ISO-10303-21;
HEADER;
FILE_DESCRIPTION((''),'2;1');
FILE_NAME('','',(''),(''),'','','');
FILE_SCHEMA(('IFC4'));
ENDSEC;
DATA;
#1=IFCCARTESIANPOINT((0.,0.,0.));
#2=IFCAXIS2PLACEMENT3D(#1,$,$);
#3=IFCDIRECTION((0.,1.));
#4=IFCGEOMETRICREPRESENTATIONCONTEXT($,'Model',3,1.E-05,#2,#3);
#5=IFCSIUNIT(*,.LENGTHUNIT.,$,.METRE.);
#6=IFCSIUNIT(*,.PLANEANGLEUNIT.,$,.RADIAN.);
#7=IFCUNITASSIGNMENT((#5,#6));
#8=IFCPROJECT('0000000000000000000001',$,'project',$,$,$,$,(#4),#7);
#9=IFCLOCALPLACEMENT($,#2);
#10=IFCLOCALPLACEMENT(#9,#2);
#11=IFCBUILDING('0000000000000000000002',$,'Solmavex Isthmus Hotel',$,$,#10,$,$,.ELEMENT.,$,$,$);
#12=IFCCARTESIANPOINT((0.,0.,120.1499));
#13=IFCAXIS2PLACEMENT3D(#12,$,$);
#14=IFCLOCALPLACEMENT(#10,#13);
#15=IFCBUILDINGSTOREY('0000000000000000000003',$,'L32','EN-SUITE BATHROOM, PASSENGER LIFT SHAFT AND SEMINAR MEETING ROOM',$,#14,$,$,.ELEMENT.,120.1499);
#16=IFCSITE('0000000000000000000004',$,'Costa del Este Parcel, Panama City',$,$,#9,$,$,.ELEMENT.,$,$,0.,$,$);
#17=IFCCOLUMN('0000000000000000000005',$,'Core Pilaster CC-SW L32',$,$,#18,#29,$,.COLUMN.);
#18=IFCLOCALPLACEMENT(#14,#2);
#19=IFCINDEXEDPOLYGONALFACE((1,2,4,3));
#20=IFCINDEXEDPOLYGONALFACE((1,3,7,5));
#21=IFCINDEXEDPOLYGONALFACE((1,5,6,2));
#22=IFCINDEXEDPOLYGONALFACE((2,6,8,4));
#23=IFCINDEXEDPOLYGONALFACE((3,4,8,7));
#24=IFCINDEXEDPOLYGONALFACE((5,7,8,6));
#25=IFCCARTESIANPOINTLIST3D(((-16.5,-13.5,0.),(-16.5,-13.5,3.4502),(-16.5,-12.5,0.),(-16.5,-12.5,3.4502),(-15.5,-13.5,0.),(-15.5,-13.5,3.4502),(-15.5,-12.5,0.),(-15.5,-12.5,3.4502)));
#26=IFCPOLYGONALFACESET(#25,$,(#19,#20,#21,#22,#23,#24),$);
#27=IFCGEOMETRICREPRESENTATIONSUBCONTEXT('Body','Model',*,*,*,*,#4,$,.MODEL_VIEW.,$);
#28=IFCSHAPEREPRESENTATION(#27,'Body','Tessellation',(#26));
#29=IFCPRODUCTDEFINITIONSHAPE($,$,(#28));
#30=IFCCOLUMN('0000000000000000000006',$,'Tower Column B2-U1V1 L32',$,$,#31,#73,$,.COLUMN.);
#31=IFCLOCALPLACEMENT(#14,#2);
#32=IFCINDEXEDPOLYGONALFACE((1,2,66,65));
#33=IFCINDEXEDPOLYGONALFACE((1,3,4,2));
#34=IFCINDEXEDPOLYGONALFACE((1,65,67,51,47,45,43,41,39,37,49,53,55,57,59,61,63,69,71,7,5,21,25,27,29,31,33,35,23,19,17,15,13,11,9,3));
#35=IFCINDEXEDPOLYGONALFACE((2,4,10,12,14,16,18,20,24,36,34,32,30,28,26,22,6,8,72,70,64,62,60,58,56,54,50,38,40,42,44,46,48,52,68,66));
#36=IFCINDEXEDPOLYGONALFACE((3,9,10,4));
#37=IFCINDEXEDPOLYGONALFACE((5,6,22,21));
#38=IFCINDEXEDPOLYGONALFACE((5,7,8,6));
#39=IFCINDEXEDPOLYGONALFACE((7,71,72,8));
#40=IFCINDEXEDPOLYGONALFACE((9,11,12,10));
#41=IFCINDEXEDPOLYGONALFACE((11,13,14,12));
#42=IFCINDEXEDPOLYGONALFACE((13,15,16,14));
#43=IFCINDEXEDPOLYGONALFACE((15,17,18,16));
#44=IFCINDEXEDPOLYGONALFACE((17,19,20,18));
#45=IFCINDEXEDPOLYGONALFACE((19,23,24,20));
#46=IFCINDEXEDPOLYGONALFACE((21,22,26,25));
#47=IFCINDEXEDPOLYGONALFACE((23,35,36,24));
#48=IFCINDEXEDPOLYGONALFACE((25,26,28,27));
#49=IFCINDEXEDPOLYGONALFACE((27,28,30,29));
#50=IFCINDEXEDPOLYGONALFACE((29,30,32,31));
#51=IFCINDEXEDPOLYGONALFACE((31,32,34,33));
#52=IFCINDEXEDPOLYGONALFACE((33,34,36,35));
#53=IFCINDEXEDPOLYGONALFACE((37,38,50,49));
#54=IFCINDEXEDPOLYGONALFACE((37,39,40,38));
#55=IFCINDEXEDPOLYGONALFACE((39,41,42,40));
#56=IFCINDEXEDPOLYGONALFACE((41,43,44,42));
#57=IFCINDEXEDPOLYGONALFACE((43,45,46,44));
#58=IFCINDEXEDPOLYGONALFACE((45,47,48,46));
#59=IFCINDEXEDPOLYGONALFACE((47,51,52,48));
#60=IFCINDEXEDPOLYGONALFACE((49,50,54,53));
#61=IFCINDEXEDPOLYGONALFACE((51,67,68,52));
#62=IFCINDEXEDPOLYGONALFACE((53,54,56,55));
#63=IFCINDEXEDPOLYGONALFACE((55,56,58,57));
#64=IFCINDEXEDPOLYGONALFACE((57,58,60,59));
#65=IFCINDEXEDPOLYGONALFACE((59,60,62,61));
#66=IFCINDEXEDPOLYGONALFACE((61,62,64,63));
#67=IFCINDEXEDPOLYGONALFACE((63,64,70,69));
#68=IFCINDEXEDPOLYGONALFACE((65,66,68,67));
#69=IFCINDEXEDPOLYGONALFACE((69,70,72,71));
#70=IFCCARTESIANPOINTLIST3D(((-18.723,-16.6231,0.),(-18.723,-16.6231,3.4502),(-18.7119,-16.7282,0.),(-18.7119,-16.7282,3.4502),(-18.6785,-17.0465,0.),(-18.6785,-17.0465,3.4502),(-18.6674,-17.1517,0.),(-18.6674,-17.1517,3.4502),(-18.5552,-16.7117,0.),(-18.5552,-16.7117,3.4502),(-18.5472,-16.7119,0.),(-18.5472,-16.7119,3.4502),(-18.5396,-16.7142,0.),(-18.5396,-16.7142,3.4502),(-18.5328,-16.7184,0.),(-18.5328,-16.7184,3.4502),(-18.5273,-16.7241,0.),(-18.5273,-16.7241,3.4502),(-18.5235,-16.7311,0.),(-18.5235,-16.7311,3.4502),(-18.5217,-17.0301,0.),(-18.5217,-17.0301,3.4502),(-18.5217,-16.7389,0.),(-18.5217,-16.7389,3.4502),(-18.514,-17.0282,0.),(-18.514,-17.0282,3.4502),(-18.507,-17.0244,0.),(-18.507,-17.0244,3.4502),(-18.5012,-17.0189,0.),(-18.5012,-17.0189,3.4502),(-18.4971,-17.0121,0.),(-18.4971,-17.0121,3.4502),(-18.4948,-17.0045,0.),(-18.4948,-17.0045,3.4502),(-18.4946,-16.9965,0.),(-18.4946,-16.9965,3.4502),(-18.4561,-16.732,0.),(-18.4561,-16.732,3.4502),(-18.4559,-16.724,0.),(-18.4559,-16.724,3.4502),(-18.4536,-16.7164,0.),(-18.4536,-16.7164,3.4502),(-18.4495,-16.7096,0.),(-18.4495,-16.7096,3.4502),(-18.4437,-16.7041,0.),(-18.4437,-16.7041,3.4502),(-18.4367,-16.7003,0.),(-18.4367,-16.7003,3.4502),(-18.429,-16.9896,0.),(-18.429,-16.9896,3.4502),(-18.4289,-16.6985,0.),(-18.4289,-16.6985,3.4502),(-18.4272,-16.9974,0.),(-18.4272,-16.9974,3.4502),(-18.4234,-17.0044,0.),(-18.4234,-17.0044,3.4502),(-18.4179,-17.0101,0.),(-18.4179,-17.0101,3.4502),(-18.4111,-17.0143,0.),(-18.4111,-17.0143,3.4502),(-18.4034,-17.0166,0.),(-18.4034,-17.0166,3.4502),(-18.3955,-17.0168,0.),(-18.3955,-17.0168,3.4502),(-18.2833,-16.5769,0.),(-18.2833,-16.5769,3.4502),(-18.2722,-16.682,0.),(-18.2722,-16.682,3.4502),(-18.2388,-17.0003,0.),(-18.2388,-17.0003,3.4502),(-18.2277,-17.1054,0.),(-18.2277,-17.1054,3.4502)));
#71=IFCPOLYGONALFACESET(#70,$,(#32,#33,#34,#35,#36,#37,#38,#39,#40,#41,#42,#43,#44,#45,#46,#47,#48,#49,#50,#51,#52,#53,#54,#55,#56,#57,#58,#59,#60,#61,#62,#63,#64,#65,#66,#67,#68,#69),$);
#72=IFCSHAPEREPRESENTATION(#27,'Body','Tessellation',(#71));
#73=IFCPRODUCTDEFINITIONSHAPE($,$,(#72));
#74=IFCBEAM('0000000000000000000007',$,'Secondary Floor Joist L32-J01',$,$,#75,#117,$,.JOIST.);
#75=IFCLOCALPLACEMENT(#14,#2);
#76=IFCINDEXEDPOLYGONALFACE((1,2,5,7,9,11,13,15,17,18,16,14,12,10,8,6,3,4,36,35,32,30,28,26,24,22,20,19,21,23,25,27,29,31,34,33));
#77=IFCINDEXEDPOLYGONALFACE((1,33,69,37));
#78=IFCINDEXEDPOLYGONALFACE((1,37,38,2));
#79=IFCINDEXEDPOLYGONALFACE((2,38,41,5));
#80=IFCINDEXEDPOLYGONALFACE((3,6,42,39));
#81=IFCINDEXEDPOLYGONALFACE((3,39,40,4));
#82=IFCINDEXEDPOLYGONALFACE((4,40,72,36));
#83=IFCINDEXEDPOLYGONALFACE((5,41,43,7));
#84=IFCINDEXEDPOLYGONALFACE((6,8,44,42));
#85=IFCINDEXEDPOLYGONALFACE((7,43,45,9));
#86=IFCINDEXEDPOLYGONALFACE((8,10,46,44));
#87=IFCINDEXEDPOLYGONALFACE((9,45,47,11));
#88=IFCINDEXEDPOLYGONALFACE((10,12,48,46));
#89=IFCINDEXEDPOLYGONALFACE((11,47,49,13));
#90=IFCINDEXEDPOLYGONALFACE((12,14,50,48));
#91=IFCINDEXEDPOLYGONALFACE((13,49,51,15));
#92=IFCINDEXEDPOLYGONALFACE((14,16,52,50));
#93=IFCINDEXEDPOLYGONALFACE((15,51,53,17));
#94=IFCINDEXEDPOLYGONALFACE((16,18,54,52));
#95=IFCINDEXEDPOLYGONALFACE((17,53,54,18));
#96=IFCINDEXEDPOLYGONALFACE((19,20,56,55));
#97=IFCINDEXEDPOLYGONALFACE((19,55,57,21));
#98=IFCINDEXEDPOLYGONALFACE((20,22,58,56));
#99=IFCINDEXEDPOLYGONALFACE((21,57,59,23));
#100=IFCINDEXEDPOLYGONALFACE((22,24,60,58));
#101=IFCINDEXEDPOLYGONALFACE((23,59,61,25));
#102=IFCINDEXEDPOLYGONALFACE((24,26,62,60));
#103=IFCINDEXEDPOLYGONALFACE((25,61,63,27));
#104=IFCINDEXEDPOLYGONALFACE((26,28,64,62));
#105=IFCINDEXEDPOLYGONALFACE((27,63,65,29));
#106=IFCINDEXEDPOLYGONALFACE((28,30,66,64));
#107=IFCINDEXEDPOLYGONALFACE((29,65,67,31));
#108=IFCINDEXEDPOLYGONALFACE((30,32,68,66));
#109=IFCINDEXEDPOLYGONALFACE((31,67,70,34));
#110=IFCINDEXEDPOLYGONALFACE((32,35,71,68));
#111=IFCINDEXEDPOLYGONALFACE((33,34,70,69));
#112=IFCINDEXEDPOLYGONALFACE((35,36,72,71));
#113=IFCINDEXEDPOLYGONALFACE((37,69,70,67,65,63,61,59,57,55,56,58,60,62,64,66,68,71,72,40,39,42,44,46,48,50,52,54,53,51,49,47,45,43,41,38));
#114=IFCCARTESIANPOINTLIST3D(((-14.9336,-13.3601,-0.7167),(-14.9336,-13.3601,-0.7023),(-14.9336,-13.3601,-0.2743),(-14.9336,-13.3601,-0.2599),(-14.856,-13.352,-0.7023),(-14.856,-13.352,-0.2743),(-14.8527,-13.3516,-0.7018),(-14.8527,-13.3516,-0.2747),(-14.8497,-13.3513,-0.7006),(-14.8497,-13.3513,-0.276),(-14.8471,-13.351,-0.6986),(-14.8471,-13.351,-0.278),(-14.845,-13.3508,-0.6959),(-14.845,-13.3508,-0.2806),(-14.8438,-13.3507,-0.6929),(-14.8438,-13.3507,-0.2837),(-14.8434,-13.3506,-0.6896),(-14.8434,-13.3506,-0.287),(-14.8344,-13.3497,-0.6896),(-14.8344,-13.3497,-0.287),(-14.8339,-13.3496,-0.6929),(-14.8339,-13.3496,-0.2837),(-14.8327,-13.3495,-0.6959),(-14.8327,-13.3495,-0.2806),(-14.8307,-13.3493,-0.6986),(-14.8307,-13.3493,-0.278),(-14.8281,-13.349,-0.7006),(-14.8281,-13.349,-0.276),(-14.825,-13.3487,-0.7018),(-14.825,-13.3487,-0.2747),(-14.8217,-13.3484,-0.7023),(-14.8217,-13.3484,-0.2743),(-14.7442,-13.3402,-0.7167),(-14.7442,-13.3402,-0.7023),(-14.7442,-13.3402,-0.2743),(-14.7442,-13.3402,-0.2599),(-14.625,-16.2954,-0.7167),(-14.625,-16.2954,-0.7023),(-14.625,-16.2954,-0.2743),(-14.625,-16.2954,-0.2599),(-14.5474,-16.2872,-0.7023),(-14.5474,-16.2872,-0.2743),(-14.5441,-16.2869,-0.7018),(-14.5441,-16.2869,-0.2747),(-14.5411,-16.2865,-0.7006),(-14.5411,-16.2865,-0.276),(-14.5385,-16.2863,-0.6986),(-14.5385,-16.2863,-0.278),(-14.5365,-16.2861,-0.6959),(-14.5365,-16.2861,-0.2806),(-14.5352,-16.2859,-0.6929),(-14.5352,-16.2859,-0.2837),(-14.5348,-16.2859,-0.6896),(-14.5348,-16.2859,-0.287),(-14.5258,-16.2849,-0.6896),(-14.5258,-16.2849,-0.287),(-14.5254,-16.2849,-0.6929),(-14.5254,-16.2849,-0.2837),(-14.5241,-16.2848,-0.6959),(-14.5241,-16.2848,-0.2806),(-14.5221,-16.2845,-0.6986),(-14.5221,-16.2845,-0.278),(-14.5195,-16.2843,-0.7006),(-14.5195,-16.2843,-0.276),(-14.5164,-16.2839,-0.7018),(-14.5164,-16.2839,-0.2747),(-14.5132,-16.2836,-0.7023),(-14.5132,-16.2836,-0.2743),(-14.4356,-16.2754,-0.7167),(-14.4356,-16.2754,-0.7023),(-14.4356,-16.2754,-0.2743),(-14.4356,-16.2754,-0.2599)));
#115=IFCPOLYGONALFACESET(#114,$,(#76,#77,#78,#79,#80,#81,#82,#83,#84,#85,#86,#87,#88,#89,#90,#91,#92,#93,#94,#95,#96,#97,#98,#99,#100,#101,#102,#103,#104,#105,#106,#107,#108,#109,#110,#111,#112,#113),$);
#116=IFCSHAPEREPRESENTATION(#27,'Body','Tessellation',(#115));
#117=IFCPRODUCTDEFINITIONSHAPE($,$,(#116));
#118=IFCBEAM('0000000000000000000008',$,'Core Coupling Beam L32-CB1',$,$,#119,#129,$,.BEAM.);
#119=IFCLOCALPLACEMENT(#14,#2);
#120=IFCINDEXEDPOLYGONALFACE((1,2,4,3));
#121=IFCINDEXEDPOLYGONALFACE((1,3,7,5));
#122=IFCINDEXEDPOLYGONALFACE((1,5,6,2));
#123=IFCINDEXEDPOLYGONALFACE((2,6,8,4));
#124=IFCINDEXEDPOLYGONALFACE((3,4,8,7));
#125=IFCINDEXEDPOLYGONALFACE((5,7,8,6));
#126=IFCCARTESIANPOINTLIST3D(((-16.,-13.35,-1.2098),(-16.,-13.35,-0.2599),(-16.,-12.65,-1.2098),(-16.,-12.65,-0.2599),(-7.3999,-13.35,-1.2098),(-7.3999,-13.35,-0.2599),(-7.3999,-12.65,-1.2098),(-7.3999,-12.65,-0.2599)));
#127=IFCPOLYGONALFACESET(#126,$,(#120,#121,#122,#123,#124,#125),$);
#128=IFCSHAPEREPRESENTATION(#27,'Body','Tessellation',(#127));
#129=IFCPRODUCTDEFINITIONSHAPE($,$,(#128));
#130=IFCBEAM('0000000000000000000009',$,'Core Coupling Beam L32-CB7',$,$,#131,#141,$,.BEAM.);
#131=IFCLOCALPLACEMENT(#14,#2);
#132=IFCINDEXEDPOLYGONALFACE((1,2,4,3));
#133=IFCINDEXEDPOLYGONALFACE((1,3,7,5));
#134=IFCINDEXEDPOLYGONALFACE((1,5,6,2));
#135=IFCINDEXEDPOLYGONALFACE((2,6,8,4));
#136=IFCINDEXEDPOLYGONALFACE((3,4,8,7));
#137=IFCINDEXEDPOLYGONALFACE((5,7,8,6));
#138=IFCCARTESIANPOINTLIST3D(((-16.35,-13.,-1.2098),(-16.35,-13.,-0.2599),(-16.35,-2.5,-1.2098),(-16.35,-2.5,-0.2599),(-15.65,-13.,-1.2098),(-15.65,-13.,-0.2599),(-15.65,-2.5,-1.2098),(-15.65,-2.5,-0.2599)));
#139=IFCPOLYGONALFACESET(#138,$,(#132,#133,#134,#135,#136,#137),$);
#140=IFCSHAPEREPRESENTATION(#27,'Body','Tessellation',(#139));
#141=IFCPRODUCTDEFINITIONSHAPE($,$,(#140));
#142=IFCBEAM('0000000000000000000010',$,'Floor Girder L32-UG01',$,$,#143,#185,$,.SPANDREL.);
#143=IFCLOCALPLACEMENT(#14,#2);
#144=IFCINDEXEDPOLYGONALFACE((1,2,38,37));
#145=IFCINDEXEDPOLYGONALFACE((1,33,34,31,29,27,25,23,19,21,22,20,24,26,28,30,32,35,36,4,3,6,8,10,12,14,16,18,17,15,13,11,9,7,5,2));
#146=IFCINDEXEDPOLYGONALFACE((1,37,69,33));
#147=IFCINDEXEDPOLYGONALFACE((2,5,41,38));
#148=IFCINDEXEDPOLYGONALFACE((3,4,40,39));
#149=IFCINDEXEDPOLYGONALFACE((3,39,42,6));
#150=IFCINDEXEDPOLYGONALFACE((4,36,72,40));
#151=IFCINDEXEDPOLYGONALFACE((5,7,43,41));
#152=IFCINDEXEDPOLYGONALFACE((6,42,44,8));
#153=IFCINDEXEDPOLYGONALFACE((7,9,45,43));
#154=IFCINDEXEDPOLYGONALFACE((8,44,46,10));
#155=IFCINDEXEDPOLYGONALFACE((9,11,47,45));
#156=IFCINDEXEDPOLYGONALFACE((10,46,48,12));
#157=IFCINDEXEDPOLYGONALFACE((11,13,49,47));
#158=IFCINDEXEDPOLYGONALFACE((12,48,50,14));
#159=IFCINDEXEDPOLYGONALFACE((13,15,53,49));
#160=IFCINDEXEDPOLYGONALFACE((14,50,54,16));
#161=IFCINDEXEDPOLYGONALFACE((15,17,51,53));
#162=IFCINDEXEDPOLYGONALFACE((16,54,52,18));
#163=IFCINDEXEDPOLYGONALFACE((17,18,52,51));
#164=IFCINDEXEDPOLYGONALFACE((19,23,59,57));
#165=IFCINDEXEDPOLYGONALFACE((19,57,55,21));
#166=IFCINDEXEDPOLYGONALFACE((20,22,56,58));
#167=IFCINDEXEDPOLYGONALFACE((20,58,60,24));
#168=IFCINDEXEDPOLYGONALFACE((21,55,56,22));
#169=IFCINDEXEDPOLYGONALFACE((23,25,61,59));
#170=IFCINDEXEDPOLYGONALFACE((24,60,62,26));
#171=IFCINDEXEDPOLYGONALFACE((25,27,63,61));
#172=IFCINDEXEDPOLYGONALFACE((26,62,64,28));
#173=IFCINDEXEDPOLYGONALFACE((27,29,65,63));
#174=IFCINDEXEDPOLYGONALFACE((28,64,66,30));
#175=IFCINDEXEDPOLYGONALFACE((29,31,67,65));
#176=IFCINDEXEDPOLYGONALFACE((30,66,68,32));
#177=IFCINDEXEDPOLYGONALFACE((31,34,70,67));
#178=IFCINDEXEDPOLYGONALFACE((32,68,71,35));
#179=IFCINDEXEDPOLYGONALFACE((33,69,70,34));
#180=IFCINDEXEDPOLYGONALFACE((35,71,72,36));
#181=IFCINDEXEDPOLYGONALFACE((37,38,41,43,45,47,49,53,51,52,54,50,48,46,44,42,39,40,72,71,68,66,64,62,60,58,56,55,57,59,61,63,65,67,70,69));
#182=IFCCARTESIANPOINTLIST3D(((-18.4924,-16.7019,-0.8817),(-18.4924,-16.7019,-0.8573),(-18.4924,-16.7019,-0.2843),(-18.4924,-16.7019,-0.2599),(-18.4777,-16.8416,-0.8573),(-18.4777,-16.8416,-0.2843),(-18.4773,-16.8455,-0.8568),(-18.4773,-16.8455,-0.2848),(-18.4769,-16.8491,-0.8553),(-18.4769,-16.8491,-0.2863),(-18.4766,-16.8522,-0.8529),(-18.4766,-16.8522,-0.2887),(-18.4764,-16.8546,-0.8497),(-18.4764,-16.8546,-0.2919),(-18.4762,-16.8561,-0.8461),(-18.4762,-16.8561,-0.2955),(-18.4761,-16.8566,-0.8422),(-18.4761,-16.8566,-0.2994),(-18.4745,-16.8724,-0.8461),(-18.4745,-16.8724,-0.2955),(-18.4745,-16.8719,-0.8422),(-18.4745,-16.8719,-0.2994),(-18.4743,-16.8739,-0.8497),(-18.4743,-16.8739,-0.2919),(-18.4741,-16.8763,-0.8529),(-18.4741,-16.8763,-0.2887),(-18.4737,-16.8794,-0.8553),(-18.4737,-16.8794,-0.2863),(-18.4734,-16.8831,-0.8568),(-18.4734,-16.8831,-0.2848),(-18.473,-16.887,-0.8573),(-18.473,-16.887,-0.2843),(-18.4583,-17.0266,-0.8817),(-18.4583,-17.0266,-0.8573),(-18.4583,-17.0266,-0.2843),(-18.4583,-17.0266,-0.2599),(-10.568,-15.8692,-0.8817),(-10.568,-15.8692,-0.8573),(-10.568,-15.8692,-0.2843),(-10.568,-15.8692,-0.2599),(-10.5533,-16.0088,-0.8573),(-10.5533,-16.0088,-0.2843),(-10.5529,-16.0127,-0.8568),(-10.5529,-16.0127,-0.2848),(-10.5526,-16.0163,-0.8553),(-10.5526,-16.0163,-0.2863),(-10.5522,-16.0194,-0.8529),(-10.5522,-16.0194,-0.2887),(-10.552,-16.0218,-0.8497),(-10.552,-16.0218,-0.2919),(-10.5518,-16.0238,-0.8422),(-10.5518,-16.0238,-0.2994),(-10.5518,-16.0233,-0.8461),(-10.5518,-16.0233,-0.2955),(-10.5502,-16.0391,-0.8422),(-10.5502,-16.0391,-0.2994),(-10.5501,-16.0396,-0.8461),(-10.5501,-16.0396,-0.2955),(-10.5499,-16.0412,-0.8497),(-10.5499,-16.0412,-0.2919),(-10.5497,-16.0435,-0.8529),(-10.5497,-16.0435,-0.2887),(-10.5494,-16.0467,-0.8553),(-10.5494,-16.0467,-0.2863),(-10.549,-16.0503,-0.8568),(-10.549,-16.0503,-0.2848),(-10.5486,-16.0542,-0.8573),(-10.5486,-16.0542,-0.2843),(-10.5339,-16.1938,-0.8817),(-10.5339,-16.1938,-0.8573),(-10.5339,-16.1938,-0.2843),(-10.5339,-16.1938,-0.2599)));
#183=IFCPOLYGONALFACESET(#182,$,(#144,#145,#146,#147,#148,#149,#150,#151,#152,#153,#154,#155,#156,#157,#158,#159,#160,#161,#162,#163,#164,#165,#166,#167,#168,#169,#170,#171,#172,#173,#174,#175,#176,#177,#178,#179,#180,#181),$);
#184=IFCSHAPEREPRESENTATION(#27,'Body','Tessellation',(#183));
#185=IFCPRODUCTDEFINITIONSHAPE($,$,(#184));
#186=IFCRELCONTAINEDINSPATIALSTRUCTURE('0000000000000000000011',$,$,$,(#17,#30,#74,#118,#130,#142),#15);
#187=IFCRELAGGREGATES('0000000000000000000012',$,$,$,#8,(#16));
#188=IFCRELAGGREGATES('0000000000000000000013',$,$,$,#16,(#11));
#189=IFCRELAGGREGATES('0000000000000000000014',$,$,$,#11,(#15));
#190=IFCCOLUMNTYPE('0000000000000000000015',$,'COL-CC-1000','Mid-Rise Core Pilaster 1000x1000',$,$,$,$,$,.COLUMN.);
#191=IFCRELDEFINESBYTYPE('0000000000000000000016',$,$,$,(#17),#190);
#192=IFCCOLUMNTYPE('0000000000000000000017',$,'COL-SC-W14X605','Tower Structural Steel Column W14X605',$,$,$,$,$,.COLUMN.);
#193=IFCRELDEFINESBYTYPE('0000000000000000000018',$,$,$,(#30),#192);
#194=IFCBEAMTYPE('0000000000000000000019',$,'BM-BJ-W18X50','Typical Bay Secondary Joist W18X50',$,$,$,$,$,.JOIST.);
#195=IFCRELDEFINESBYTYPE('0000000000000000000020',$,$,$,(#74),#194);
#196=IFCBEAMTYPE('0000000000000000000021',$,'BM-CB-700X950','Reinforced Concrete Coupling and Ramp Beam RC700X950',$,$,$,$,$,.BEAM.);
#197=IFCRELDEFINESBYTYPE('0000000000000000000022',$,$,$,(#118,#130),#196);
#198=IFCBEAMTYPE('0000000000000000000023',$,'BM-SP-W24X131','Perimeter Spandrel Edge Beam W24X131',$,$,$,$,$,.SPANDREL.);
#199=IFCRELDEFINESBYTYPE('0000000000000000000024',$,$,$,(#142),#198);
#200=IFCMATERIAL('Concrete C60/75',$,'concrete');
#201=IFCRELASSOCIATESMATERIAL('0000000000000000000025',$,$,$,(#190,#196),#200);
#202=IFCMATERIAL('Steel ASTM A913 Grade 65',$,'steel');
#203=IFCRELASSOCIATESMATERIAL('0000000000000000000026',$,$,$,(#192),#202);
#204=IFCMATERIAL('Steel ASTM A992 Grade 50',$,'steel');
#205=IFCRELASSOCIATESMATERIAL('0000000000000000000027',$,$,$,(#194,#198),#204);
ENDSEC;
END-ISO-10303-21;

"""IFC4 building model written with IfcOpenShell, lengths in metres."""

from ifc_helpers import new_model, si_unit, direction, frame, origin, origin_2d, place, context, subcontext, project, spatial, rectangle, i_section, extrude, material, material_profile, profile_set, type_object, element, save


model = new_model("IFC4")

# Units and contexts
model_context = context("Model", 3, precision=1e-05, world=origin(), true_north=direction((0.0, 1.0)))
body_context = subcontext(model_context, "Body", "Model", "MODEL_VIEW")
ifc_project = project(units=[si_unit("LENGTHUNIT", "METRE"), si_unit("PLANEANGLEUNIT", "RADIAN")], contexts=[model_context])

# Site, building, storey
site_placement = place(None, origin())
site = spatial("IfcSite", under=ifc_project, at=site_placement, Name="Costa del Este Parcel, Panama City", CompositionType="ELEMENT", RefElevation=0.0)
building_placement = place(site_placement, origin())
building = spatial("IfcBuilding", under=site, at=building_placement, Name="Solmavex Isthmus Hotel", CompositionType="ELEMENT")
storey_placement = place(building_placement, frame((0.0, 0.0, 120.1499)))
storey = spatial("IfcBuildingStorey", under=building, at=storey_placement, Name="L32", Description="EN-SUITE BATHROOM, PASSENGER LIFT SHAFT AND SEMINAR MEETING ROOM", CompositionType="ELEMENT", Elevation=120.1499)

# Columns
ifc_material_1 = material(Name="Concrete C60/75", Category="concrete")
ifc_material_profile_1 = material_profile(ifc_material_1, rectangle(XDim=1.0, YDim=1.0, at=origin_2d()), Name="RC1000X1000")
ifc_profile_set_1 = profile_set([ifc_material_profile_1], Name="Concrete C60/75")
column_type_1 = type_object("IfcColumnType", Name="COL-CC-1000", Description="Mid-Rise Core Pilaster 1000x1000", PredefinedType="COLUMN", material=ifc_profile_set_1)
column_1_placement = place(storey_placement, frame((-16.0, -13.0, 0.0), z_axis=(0.0, 0.0, 1.0), x_axis=(1.0, 0.0, 0.0)))
element("IfcColumn", 1, at=column_1_placement, inside=storey, type_object=column_type_1, Name="Core Pilaster CC-SW L32", PredefinedType="COLUMN", context=body_context, shape_type="SweptSolid", body=[
    extrude(rectangle(XDim=1.0, YDim=1.0, at=origin_2d()), origin(), (0.0, 0.0, 1.0), 3.4502),
])
ifc_material_2 = material(Name="Steel ASTM A913 Grade 65", Category="steel")
ifc_material_profile_2 = material_profile(ifc_material_2, i_section(OverallWidth=0.4421, OverallDepth=0.5315, WebThickness=0.0659, FlangeThickness=0.1057, FilletRadius=0.0305, at=origin_2d()), Name="W14X605")
ifc_profile_set_2 = profile_set([ifc_material_profile_2], Name="Steel ASTM A913 Grade 65")
column_type_2 = type_object("IfcColumnType", Name="COL-SC-W14X605", Description="Tower Structural Steel Column W14X605", PredefinedType="COLUMN", material=ifc_profile_set_2)
column_2_placement = place(storey_placement, frame((-18.4753, -16.8643, 0.0), z_axis=(0.0, 0.0, 1.0), x_axis=(0.994522, 0.104528, 0.0)))
element("IfcColumn", 2, at=column_2_placement, inside=storey, type_object=column_type_2, Name="Tower Column B2-U1V1 L32", PredefinedType="COLUMN", context=body_context, shape_type="SweptSolid", body=[
    extrude(i_section(OverallWidth=0.4421, OverallDepth=0.5315, WebThickness=0.0659, FlangeThickness=0.1057, FilletRadius=0.0305, at=origin_2d()), origin(), (0.0, 0.0, 1.0), 3.4502),
])

# Beams
ifc_material_3 = material(Name="Steel ASTM A992 Grade 50", Category="steel")
ifc_material_profile_3 = material_profile(ifc_material_3, i_section(OverallWidth=0.1904, OverallDepth=0.4568, WebThickness=0.009, FlangeThickness=0.0144, FilletRadius=0.0127, at=origin_2d()), Name="W18X50")
ifc_profile_set_3 = profile_set([ifc_material_profile_3], Name="Steel ASTM A992 Grade 50")
beam_type_1 = type_object("IfcBeamType", Name="BM-BJ-W18X50", Description="Typical Bay Secondary Joist W18X50", PredefinedType="JOIST", material=ifc_profile_set_3)
beam_1_placement = place(storey_placement, frame((-14.5303, -16.2854, -0.4883), z_axis=(-0.104556, 0.994519, 0.0), x_axis=(-0.994519, -0.104556, 0.0)))
element("IfcBeam", 3, at=beam_1_placement, inside=storey, type_object=beam_type_1, Name="Secondary Floor Joist L32-J01", PredefinedType="JOIST", context=body_context, shape_type="SweptSolid", body=[
    extrude(i_section(OverallWidth=0.1904, OverallDepth=0.4568, WebThickness=0.009, FlangeThickness=0.0144, FilletRadius=0.0127, at=origin_2d()), origin(), (0.0, 0.0, 1.0), 2.9514),
])
ifc_material_profile_4 = material_profile(ifc_material_1, rectangle(XDim=0.7, YDim=0.95, at=origin_2d()), Name="RC700X950")
ifc_profile_set_4 = profile_set([ifc_material_profile_4], Name="Concrete C60/75")
beam_type_2 = type_object("IfcBeamType", Name="BM-CB-700X950", Description="Reinforced Concrete Coupling and Ramp Beam RC700X950", PredefinedType="BEAM", material=ifc_profile_set_4)
beam_2_placement = place(storey_placement, frame((-16.0, -13.0, -0.7349), z_axis=(1.0, 0.0, 0.0), x_axis=(0.0, 1.0, 0.0)))
element("IfcBeam", 4, at=beam_2_placement, inside=storey, type_object=beam_type_2, Name="Core Coupling Beam L32-CB1", PredefinedType="BEAM", context=body_context, shape_type="SweptSolid", body=[
    extrude(rectangle(XDim=0.7, YDim=0.95, at=origin_2d()), origin(), (0.0, 0.0, 1.0), 8.6001),
])
beam_3_placement = place(storey_placement, frame((-16.0, -13.0, -0.7349), z_axis=(0.0, 1.0, 0.0), x_axis=(-1.0, 0.0, 0.0)))
element("IfcBeam", 5, at=beam_3_placement, inside=storey, type_object=beam_type_2, Name="Core Coupling Beam L32-CB7", PredefinedType="BEAM", context=body_context, shape_type="SweptSolid", body=[
    extrude(rectangle(XDim=0.7, YDim=0.95, at=origin_2d()), origin(), (0.0, 0.0, 1.0), 10.5),
])
ifc_material_profile_5 = material_profile(ifc_material_3, i_section(OverallWidth=0.3264, OverallDepth=0.6218, WebThickness=0.0154, FlangeThickness=0.0244, FilletRadius=0.0151, at=origin_2d()), Name="W24X131")
ifc_profile_set_5 = profile_set([ifc_material_profile_5], Name="Steel ASTM A992 Grade 50")
beam_type_3 = type_object("IfcBeamType", Name="BM-SP-W24X131", Description="Perimeter Spandrel Edge Beam W24X131", PredefinedType="SPANDREL", material=ifc_profile_set_5)
beam_4_placement = place(storey_placement, frame((-18.4753, -16.8643, -0.5708), z_axis=(0.994523, 0.104514, 0.0), x_axis=(-0.104514, 0.994523, 0.0)))
element("IfcBeam", 6, at=beam_4_placement, inside=storey, type_object=beam_type_3, Name="Floor Girder L32-UG01", PredefinedType="SPANDREL", context=body_context, shape_type="SweptSolid", body=[
    extrude(i_section(OverallWidth=0.3264, OverallDepth=0.6218, WebThickness=0.0154, FlangeThickness=0.0244, FilletRadius=0.0151, at=origin_2d()), origin(), (0.0, 0.0, 1.0), 7.968),
])

save(model, "model.ifc")
